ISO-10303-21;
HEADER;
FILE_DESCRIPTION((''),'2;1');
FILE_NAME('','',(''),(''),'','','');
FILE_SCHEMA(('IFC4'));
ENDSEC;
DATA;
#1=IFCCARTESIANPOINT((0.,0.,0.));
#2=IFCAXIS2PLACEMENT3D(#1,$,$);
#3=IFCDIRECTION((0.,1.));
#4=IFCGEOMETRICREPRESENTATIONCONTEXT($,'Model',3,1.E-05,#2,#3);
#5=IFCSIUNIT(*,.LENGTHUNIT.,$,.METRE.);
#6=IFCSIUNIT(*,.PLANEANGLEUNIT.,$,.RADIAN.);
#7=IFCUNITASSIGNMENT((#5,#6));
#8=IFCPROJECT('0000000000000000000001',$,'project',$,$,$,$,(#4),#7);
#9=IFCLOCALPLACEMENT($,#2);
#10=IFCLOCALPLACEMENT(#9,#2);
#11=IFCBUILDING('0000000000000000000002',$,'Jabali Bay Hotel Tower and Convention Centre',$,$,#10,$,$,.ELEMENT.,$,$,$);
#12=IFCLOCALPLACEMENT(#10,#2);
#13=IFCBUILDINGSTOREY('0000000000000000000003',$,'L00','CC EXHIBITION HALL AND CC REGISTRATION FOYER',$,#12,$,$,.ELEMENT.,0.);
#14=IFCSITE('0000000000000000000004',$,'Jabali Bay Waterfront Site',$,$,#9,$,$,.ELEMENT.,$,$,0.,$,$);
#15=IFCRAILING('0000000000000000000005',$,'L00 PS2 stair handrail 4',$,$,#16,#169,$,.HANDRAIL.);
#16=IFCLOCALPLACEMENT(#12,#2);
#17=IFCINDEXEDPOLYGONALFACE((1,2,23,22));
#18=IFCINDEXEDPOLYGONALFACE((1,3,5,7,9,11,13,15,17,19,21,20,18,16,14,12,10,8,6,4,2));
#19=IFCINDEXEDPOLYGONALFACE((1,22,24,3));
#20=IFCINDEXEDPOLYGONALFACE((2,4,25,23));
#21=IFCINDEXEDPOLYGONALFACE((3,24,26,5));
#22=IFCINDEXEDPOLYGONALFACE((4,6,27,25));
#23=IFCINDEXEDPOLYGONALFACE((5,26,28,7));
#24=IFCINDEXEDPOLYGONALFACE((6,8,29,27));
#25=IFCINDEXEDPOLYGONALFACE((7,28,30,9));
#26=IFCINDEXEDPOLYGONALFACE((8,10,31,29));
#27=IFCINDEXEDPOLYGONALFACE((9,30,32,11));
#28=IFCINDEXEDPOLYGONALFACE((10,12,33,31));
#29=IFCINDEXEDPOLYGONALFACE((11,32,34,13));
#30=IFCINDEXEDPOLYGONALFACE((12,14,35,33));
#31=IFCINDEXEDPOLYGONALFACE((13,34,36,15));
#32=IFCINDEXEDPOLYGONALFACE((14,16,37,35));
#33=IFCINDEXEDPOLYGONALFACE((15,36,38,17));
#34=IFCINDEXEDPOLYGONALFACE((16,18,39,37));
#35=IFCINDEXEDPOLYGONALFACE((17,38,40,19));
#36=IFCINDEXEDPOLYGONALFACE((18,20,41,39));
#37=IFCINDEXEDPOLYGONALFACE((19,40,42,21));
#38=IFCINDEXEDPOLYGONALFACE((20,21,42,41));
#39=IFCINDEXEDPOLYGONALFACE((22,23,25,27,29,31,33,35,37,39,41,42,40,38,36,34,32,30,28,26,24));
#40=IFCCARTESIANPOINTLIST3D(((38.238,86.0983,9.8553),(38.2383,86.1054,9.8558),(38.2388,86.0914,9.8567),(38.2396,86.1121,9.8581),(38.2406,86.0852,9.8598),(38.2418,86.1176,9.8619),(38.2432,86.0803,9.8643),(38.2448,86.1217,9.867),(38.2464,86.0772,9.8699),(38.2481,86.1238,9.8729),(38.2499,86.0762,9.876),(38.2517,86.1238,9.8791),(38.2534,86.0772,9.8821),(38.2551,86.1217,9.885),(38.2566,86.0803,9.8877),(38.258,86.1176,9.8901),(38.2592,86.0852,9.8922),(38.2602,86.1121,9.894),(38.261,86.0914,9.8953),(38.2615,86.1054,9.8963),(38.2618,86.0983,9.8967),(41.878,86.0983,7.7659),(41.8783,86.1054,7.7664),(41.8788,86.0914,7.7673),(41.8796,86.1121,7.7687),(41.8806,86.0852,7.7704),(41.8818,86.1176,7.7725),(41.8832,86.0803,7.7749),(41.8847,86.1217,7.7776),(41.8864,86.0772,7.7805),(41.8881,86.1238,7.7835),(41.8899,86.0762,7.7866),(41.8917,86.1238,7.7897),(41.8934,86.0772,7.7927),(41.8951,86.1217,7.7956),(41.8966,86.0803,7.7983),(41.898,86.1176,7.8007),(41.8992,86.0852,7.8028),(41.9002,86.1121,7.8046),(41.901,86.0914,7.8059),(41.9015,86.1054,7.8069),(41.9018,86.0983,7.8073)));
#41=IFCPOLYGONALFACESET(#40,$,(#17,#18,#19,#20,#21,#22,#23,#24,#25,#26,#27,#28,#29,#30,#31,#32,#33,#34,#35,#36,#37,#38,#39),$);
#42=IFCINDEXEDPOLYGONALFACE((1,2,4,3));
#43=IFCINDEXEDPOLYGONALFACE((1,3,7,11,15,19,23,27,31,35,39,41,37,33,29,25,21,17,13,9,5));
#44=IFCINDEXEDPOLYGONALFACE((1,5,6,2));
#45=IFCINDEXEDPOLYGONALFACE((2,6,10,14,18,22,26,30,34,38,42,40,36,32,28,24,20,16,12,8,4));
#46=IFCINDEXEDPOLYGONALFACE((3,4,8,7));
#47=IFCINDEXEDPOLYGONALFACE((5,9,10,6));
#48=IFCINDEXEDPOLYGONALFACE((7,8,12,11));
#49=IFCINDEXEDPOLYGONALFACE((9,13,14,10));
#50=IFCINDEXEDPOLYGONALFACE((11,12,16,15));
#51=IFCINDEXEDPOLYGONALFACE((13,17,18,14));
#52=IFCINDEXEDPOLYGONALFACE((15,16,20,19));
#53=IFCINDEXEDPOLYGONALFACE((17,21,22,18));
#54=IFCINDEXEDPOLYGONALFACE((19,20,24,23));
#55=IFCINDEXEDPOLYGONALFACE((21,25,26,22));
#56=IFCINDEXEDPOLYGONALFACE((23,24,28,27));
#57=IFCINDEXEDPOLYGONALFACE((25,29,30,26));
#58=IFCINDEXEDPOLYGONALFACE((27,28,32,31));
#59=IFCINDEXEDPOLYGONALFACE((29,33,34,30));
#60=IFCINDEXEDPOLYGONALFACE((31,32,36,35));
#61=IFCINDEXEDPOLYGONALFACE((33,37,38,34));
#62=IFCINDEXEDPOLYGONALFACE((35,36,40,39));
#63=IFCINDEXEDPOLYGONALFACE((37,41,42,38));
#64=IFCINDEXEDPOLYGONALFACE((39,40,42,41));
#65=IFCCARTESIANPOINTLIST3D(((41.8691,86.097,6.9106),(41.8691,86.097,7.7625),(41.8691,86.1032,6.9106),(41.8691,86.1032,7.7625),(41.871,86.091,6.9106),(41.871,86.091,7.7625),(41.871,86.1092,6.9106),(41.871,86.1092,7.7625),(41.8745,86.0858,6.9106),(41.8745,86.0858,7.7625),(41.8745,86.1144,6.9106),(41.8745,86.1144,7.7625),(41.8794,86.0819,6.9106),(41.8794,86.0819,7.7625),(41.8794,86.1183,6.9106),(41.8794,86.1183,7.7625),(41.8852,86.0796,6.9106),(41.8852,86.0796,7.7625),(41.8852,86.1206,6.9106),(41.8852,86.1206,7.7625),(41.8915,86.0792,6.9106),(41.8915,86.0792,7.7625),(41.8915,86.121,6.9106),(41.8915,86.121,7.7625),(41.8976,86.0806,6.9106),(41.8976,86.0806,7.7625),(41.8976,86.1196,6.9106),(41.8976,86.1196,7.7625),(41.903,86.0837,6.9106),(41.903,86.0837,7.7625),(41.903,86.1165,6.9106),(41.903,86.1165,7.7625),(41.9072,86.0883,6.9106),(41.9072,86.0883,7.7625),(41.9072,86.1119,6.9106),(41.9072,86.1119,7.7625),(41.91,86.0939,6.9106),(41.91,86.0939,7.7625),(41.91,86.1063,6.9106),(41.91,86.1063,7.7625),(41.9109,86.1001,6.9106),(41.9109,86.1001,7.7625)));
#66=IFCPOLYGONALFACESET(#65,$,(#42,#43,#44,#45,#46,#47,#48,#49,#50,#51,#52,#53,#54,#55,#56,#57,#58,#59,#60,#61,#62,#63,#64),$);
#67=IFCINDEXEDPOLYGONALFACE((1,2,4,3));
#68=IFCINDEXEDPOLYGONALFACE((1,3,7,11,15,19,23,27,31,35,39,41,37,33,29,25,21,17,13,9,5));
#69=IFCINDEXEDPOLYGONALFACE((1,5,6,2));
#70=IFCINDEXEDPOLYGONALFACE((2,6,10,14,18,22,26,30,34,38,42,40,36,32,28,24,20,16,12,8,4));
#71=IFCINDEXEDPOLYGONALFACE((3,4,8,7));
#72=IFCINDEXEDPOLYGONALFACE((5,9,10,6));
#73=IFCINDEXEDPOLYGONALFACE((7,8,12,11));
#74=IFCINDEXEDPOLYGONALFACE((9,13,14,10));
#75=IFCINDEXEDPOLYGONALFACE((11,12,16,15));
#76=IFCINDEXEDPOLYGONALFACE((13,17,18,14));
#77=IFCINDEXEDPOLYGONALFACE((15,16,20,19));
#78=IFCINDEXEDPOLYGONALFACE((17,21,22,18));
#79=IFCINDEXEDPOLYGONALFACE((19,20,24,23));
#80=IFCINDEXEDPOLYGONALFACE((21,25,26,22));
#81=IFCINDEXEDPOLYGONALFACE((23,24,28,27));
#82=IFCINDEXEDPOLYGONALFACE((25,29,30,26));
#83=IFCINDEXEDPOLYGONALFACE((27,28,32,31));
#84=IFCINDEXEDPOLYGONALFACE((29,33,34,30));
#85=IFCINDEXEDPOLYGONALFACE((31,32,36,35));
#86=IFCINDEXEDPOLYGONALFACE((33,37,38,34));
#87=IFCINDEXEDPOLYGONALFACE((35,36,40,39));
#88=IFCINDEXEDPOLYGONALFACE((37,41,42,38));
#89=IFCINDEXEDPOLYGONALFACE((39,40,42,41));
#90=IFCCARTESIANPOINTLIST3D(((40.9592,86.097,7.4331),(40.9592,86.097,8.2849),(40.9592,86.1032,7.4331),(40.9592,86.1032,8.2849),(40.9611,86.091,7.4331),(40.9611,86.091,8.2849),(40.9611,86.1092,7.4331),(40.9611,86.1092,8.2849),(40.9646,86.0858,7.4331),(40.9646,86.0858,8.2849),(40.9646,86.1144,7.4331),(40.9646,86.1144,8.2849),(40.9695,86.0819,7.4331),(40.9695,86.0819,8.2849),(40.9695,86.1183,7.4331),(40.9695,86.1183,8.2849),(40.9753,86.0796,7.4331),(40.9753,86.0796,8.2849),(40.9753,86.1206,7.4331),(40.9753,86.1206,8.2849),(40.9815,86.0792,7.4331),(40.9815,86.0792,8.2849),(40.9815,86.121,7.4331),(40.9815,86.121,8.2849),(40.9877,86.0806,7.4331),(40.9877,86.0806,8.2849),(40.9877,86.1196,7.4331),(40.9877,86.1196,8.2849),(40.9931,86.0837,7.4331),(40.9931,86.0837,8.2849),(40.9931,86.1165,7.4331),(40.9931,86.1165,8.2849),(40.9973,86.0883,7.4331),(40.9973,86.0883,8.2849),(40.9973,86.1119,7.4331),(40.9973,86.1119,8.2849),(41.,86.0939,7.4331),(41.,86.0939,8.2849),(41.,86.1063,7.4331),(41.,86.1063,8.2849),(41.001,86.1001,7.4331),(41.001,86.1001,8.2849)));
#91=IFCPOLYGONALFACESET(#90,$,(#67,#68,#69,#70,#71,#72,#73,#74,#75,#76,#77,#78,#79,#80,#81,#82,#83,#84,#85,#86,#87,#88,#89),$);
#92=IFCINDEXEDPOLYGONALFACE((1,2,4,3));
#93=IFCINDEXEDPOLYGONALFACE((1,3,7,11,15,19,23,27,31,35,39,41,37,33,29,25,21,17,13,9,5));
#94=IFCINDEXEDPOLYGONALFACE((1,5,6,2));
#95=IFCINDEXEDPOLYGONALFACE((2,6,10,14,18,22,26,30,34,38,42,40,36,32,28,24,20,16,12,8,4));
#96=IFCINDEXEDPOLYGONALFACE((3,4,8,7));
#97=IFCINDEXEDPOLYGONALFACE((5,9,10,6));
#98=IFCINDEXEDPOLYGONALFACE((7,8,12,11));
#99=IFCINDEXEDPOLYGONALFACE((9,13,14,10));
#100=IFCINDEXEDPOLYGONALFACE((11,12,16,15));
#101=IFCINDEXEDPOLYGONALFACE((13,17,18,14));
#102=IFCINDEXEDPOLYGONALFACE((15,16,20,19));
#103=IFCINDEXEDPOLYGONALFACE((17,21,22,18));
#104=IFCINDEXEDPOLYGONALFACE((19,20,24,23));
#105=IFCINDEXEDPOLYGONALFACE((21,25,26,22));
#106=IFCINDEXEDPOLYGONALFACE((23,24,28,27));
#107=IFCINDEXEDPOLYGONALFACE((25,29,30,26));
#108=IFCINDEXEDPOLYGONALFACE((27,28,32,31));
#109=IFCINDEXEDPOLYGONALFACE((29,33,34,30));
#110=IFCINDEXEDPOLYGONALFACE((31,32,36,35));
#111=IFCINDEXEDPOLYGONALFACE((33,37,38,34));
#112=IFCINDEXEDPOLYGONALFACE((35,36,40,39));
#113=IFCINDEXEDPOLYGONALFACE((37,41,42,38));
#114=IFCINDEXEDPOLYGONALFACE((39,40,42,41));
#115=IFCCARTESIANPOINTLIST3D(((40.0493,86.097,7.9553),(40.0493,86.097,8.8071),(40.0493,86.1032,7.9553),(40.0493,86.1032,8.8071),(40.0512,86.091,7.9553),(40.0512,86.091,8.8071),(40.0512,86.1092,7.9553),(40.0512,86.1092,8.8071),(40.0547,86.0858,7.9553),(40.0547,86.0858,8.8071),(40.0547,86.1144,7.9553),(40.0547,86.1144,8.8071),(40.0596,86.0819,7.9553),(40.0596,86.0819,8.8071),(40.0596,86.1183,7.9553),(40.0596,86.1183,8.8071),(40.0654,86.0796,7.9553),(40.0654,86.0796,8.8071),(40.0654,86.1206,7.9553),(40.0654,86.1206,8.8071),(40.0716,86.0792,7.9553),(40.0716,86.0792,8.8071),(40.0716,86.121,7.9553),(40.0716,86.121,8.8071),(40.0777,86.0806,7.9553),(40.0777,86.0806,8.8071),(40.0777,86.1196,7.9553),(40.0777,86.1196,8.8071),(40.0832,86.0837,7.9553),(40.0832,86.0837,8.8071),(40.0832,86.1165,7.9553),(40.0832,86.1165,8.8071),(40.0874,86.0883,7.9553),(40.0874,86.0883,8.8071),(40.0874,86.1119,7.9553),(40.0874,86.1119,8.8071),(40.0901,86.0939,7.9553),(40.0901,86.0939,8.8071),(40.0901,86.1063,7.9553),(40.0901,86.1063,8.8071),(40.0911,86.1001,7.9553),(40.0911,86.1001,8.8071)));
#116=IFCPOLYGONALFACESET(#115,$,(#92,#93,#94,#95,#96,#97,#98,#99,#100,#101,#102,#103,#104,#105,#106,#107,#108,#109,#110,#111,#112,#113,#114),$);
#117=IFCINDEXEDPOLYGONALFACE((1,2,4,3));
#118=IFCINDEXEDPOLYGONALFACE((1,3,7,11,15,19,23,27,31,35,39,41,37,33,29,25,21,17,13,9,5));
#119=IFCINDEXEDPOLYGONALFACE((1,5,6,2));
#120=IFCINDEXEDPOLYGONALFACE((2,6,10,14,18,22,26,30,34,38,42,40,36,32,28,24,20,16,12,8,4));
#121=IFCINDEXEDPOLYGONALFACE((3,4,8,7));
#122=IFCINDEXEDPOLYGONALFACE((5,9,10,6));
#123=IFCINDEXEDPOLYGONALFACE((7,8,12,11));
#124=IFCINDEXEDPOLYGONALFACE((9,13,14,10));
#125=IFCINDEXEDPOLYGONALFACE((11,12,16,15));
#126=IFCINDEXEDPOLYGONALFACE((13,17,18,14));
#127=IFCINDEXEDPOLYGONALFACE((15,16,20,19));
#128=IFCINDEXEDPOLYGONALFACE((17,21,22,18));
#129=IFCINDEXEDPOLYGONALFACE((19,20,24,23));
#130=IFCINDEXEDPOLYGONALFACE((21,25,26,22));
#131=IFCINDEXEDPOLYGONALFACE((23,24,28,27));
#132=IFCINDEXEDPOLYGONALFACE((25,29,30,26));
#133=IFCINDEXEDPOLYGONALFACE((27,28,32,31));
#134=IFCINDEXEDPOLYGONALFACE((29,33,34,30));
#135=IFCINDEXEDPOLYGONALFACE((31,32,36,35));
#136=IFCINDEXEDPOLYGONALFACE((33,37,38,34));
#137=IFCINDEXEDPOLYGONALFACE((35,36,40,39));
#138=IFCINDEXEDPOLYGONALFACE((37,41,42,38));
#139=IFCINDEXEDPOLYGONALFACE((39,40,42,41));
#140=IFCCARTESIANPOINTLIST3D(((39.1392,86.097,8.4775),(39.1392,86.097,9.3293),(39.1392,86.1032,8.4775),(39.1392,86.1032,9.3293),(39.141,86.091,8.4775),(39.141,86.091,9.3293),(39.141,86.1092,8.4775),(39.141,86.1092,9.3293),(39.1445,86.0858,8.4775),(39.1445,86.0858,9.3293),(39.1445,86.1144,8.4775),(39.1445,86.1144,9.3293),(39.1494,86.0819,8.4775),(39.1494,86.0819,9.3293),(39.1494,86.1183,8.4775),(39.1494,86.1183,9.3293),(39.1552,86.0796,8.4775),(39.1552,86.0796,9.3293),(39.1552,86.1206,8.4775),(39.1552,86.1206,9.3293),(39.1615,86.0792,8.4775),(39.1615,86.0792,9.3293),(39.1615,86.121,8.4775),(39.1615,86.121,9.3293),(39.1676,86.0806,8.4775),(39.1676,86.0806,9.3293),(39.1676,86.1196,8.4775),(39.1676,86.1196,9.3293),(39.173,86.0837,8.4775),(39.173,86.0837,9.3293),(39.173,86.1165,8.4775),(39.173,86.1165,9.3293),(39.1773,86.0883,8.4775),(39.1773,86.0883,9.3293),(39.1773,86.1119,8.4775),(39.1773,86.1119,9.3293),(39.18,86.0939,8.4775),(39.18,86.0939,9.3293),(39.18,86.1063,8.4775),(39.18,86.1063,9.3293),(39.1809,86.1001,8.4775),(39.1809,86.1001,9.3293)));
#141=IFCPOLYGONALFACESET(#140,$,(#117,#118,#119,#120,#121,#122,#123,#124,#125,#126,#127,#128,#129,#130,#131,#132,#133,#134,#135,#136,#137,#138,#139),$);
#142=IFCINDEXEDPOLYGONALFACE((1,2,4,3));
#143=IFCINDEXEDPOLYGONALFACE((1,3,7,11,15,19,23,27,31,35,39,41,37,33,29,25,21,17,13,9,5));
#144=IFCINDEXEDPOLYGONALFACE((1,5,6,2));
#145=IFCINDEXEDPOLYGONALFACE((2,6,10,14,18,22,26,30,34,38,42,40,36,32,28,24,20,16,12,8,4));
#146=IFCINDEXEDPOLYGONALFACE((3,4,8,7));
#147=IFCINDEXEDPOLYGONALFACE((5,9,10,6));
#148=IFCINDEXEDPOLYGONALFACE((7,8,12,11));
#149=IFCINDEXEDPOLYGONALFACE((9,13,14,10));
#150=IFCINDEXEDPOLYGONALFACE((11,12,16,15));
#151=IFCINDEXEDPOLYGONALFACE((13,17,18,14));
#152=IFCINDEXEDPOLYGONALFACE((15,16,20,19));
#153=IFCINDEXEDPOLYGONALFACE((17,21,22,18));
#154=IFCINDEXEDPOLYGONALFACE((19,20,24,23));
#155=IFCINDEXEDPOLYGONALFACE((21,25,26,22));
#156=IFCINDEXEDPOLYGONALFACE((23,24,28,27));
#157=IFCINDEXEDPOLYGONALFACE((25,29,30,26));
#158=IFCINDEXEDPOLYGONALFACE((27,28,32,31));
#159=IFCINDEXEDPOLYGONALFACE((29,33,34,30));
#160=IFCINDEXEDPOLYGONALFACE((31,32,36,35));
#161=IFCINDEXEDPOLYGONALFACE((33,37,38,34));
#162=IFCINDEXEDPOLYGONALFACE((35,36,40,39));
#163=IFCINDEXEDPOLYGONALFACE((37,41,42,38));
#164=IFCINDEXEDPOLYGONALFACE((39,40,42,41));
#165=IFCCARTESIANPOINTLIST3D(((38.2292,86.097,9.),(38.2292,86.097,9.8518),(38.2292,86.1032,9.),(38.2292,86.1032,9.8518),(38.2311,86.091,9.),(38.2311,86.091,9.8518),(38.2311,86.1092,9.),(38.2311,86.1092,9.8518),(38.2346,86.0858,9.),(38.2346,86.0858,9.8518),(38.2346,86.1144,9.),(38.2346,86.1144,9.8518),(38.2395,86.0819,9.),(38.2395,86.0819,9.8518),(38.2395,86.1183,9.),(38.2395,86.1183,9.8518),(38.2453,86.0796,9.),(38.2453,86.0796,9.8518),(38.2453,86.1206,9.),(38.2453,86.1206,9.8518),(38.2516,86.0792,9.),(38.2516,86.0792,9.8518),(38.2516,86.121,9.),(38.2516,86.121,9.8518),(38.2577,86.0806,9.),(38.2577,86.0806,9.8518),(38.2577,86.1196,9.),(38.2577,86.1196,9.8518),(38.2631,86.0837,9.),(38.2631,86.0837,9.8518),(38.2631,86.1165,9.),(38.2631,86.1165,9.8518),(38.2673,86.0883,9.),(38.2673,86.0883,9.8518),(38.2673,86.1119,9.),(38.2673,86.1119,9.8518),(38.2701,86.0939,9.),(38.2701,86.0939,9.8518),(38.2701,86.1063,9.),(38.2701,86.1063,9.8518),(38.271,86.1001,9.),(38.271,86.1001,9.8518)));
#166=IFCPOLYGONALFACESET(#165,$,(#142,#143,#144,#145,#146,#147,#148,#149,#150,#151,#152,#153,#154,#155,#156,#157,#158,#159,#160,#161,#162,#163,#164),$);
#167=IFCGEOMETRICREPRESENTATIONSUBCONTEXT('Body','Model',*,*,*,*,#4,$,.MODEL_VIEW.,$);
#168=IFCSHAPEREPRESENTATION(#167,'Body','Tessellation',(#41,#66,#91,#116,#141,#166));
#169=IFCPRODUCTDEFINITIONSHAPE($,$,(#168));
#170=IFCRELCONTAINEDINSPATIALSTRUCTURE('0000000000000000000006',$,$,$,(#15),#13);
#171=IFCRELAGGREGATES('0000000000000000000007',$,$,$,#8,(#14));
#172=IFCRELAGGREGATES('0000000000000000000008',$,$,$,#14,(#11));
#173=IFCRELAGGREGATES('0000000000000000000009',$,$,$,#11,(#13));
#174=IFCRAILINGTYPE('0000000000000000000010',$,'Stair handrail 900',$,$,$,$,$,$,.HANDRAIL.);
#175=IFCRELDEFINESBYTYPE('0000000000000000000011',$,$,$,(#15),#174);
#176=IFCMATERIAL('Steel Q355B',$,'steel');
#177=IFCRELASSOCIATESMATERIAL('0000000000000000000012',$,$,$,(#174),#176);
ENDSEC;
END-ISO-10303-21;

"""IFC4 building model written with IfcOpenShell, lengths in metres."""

from ifc_helpers import new_model, si_unit, direction, frame, origin, origin_2d, place, context, subcontext, project, spatial, circle, extrude, material, type_object, element, save


model = new_model("IFC4")

# Units and contexts
model_context = context("Model", 3, precision=1e-05, world=origin(), true_north=direction((0.0, 1.0)))
body_context = subcontext(model_context, "Body", "Model", "MODEL_VIEW")
ifc_project = project(units=[si_unit("LENGTHUNIT", "METRE"), si_unit("PLANEANGLEUNIT", "RADIAN")], contexts=[model_context])

# Site, building, storey
site_placement = place(None, origin())
site = spatial("IfcSite", under=ifc_project, at=site_placement, Name="Jabali Bay Waterfront Site", CompositionType="ELEMENT", RefElevation=0.0)
building_placement = place(site_placement, origin())
building = spatial("IfcBuilding", under=site, at=building_placement, Name="Jabali Bay Hotel Tower and Convention Centre", CompositionType="ELEMENT")
storey_placement = place(building_placement, origin())
storey = spatial("IfcBuildingStorey", under=building, at=storey_placement, Name="L00", Description="CC EXHIBITION HALL AND CC REGISTRATION FOYER", CompositionType="ELEMENT", Elevation=0.0)

# Railing
ifc_material_1 = material(Name="Steel Q355B", Category="steel")
railing_type_1 = type_object("IfcRailingType", Name="Stair handrail 900", PredefinedType="HANDRAIL", material=ifc_material_1)
railing_1_placement = place(storey_placement, frame((41.8899, 86.1001, 6.9106)))
element("IfcRailing", 1, at=railing_1_placement, inside=storey, type_object=railing_type_1, Name="L00 PS2 stair handrail 4", PredefinedType="HANDRAIL", context=body_context, shape_type="SweptSolid", body=[
    extrude(circle(Radius=0.0239, at=origin_2d()), frame((0.0, 0.0, 0.876), z_axis=(-0.867275, 0.0, 0.497829), x_axis=(0.0, -1.0, 0.0)), (0.0, 0.0, 1.0), 4.197),
    extrude(circle(Radius=0.021, at=origin_2d()), origin(), (0.0, 0.0, 1.0), 0.8518),
    extrude(circle(Radius=0.021, at=origin_2d()), frame((-0.9099, 0.0, 0.5225)), (0.0, 0.0, 1.0), 0.8518),
    extrude(circle(Radius=0.021, at=origin_2d()), frame((-1.8198, 0.0, 1.0447)), (0.0, 0.0, 1.0), 0.8518),
    extrude(circle(Radius=0.021, at=origin_2d()), frame((-2.73, 0.0, 1.5669)), (0.0, 0.0, 1.0), 0.8518),
    extrude(circle(Radius=0.021, at=origin_2d()), frame((-3.6399, 0.0, 2.0894)), (0.0, 0.0, 1.0), 0.8518),
])

save(model, "model.ifc")
